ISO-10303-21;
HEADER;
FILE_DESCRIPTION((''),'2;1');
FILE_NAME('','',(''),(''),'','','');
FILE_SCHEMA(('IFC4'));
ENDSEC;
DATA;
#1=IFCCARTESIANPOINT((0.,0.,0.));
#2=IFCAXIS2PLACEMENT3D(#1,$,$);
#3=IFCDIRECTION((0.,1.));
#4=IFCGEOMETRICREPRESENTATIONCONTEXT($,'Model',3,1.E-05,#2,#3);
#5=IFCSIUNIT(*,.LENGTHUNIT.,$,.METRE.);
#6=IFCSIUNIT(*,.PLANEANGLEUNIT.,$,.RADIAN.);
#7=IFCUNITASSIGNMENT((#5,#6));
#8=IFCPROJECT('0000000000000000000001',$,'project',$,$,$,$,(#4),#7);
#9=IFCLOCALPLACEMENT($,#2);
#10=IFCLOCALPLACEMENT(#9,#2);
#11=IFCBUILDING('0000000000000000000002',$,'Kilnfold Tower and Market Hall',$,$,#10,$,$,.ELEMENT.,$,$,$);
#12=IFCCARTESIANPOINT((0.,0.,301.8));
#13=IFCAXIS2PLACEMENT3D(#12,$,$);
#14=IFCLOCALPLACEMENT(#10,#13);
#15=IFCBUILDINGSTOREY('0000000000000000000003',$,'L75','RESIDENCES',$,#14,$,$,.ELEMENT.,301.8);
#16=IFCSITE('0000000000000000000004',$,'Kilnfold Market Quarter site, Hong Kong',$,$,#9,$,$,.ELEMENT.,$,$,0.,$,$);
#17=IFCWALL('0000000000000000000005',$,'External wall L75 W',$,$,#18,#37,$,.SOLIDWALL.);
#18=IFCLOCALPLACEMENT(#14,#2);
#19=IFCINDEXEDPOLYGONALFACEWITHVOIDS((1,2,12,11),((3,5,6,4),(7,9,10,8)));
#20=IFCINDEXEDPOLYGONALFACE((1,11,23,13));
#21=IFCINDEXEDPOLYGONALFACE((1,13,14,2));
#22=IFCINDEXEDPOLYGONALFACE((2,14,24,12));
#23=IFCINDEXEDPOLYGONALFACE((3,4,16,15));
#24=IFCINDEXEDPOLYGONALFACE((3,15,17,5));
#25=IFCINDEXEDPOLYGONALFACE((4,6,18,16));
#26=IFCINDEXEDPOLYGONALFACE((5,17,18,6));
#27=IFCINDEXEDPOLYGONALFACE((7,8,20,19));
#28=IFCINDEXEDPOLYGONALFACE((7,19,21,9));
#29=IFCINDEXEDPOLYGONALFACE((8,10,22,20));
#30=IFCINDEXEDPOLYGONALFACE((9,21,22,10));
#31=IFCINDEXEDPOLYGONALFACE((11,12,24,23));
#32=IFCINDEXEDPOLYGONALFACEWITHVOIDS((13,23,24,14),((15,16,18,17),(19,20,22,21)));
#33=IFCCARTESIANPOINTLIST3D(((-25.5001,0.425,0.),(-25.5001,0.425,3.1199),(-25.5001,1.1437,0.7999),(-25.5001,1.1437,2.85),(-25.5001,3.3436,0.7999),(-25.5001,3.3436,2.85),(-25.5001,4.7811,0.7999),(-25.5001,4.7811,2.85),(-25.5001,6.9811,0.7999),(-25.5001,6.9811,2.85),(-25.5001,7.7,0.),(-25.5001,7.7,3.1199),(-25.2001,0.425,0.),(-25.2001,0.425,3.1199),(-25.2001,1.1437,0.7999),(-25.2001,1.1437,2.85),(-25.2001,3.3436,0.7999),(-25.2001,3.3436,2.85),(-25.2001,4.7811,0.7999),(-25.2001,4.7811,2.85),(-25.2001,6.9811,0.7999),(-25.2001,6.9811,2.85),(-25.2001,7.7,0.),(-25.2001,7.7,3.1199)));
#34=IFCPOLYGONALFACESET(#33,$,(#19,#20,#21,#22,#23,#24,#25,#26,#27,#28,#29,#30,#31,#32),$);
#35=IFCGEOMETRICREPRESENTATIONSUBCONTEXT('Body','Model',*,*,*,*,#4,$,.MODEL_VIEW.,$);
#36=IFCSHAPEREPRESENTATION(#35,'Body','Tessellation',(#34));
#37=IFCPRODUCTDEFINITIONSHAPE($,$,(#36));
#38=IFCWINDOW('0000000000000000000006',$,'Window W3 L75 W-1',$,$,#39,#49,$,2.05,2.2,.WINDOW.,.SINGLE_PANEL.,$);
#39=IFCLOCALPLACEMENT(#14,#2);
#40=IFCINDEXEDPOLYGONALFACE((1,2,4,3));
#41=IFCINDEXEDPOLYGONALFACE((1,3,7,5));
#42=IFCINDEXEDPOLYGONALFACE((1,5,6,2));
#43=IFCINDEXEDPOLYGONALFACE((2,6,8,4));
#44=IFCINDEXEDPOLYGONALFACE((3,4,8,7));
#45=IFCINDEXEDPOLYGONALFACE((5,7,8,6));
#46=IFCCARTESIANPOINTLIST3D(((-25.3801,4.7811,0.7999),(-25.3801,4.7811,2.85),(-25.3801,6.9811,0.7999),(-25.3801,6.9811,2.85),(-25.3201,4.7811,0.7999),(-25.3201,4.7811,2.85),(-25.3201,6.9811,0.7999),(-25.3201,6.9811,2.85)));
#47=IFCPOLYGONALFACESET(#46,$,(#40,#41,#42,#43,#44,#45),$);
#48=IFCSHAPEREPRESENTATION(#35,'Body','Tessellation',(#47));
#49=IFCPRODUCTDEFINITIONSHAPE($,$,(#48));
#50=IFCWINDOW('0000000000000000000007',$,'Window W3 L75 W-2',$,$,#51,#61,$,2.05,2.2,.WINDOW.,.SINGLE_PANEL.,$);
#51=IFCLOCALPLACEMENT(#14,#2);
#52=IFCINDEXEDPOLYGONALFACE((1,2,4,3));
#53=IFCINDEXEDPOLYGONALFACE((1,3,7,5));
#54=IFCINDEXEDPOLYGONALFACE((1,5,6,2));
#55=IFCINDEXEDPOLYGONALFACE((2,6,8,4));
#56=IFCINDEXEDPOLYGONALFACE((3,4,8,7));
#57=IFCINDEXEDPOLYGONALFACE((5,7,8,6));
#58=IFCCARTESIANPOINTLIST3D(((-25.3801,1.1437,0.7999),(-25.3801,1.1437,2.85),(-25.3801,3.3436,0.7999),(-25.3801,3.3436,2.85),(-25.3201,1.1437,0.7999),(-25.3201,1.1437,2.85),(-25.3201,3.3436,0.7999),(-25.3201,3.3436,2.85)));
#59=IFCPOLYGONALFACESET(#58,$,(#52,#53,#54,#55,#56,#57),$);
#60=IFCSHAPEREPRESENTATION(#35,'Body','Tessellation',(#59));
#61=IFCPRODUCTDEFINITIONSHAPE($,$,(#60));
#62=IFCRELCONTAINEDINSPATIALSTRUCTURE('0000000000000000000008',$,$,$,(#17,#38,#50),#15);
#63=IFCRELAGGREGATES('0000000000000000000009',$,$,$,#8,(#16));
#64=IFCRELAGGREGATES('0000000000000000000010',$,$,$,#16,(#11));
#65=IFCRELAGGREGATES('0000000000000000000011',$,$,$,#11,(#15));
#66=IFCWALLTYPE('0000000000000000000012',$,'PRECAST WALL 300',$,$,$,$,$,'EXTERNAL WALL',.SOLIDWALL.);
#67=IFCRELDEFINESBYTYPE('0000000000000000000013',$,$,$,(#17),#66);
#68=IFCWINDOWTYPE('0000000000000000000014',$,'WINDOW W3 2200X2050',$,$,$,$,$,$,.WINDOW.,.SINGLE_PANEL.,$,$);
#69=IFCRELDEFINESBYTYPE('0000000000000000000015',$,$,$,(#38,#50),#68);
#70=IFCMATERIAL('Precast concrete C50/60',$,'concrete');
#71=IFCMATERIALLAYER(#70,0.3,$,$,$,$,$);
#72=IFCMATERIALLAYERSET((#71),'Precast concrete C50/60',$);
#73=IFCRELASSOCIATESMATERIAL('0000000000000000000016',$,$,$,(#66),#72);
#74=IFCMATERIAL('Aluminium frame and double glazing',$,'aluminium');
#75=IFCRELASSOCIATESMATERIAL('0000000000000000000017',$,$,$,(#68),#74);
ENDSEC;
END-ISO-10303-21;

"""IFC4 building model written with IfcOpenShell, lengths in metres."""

from ifc_helpers import new_model, si_unit, direction, frame, frame_2d, origin, place, context, subcontext, project, spatial, rectangle, extrude, source, transform, mapped, material, layer, layer_set, type_object, element, fill, save


model = new_model("IFC4")

# Units and contexts
model_context = context("Model", 3, precision=1e-05, world=origin(), true_north=direction((0.0, 1.0)))
body_context = subcontext(model_context, "Body", "Model", "MODEL_VIEW")
ifc_project = project(units=[si_unit("LENGTHUNIT", "METRE"), si_unit("PLANEANGLEUNIT", "RADIAN")], contexts=[model_context])

# Site, building, storey
site_placement = place(None, origin())
site = spatial("IfcSite", under=ifc_project, at=site_placement, Name="Kilnfold Market Quarter site, Hong Kong", CompositionType="ELEMENT", RefElevation=0.0)
building_placement = place(site_placement, origin())
building = spatial("IfcBuilding", under=site, at=building_placement, Name="Kilnfold Tower and Market Hall", CompositionType="ELEMENT")
storey_placement = place(building_placement, frame((0.0, 0.0, 301.8)))
storey = spatial("IfcBuildingStorey", under=building, at=storey_placement, Name="L75", Description="RESIDENCES", CompositionType="ELEMENT", Elevation=301.8)

# Wall, openings, windows
ifc_material_1 = material(Name="Precast concrete C50/60", Category="concrete")
ifc_layer_1 = layer(ifc_material_1, 0.3)
ifc_layer_set_1 = layer_set([ifc_layer_1], Name="Precast concrete C50/60")
wall_type_1 = type_object("IfcWallType", Name="PRECAST WALL 300", ElementType="EXTERNAL WALL", PredefinedType="SOLIDWALL", material=ifc_layer_set_1)
shared_shape_1 = source(origin(), body_context, "Body", "SweptSolid", [
    extrude(rectangle(XDim=7.2749, YDim=0.3, at=frame_2d((3.6375, 0.0))), origin(), (0.0, 0.0, 1.0), 3.1199),
])
wall_1_placement = place(storey_placement, frame((-25.3501, 7.7, 0.0), z_axis=(0.0, 0.0, 1.0), x_axis=(0.0, -1.0, 0.0)))
wall_1 = element("IfcWall", 1, at=wall_1_placement, inside=storey, type_object=wall_type_1, Name="External wall L75 W", PredefinedType="SOLIDWALL", context=body_context, shape_type="MappedRepresentation", body=[
    mapped(shared_shape_1, transform((0.0, 0.0, 0.0))),
])
opening_1_placement = place(wall_1_placement, frame((0.7188, 0.0, 0.8)))
opening_1 = element("IfcOpeningElement", 2, at=opening_1_placement, cuts=wall_1, PredefinedType="OPENING", context=body_context, shape_type="SweptSolid", body=[
    extrude(rectangle(XDim=2.2, YDim=2.05, at=frame_2d((1.1001, 1.0249))), frame((0.0, 0.1602, 0.0), z_axis=(0.0, -1.0, 0.0), x_axis=(1.0, 0.0, 0.0)), (0.0, 0.0, 1.0), 0.3201),
])
opening_2_placement = place(wall_1_placement, frame((4.3562, 0.0, 0.8)))
opening_2 = element("IfcOpeningElement", 3, at=opening_2_placement, cuts=wall_1, PredefinedType="OPENING", context=body_context, shape_type="SweptSolid", body=[
    extrude(rectangle(XDim=2.2, YDim=2.05, at=frame_2d((1.1001, 1.0249))), frame((0.0, 0.1602, 0.0), z_axis=(0.0, -1.0, 0.0), x_axis=(1.0, 0.0, 0.0)), (0.0, 0.0, 1.0), 0.3201),
])
ifc_material_2 = material(Name="Aluminium frame and double glazing", Category="aluminium")
window_type = type_object("IfcWindowType", Name="WINDOW W3 2200X2050", PartitioningType="SINGLE_PANEL", PredefinedType="WINDOW", material=ifc_material_2)
window_1_placement = place(opening_1_placement, origin())
window_1 = element("IfcWindow", 4, at=window_1_placement, inside=storey, type_object=window_type, Name="Window W3 L75 W-1", OverallHeight=2.05, OverallWidth=2.2, PartitioningType="SINGLE_PANEL", PredefinedType="WINDOW", context=body_context, shape_type="SweptSolid", body=[
    extrude(rectangle(XDim=2.2, YDim=2.05, at=frame_2d((1.1001, 1.0249))), frame((0.0, 0.03, 0.0), z_axis=(0.0, -1.0, 0.0), x_axis=(1.0, 0.0, 0.0)), (0.0, 0.0, 1.0), 0.0601),
])
fill(opening_1, window_1)
window_2_placement = place(opening_2_placement, origin())
window_2 = element("IfcWindow", 5, at=window_2_placement, inside=storey, type_object=window_type, Name="Window W3 L75 W-2", OverallHeight=2.05, OverallWidth=2.2, PartitioningType="SINGLE_PANEL", PredefinedType="WINDOW", context=body_context, shape_type="SweptSolid", body=[
    extrude(rectangle(XDim=2.2, YDim=2.05, at=frame_2d((1.1001, 1.0249))), frame((0.0, 0.03, 0.0), z_axis=(0.0, -1.0, 0.0), x_axis=(1.0, 0.0, 0.0)), (0.0, 0.0, 1.0), 0.0601),
])
fill(opening_2, window_2)

save(model, "model.ifc")
